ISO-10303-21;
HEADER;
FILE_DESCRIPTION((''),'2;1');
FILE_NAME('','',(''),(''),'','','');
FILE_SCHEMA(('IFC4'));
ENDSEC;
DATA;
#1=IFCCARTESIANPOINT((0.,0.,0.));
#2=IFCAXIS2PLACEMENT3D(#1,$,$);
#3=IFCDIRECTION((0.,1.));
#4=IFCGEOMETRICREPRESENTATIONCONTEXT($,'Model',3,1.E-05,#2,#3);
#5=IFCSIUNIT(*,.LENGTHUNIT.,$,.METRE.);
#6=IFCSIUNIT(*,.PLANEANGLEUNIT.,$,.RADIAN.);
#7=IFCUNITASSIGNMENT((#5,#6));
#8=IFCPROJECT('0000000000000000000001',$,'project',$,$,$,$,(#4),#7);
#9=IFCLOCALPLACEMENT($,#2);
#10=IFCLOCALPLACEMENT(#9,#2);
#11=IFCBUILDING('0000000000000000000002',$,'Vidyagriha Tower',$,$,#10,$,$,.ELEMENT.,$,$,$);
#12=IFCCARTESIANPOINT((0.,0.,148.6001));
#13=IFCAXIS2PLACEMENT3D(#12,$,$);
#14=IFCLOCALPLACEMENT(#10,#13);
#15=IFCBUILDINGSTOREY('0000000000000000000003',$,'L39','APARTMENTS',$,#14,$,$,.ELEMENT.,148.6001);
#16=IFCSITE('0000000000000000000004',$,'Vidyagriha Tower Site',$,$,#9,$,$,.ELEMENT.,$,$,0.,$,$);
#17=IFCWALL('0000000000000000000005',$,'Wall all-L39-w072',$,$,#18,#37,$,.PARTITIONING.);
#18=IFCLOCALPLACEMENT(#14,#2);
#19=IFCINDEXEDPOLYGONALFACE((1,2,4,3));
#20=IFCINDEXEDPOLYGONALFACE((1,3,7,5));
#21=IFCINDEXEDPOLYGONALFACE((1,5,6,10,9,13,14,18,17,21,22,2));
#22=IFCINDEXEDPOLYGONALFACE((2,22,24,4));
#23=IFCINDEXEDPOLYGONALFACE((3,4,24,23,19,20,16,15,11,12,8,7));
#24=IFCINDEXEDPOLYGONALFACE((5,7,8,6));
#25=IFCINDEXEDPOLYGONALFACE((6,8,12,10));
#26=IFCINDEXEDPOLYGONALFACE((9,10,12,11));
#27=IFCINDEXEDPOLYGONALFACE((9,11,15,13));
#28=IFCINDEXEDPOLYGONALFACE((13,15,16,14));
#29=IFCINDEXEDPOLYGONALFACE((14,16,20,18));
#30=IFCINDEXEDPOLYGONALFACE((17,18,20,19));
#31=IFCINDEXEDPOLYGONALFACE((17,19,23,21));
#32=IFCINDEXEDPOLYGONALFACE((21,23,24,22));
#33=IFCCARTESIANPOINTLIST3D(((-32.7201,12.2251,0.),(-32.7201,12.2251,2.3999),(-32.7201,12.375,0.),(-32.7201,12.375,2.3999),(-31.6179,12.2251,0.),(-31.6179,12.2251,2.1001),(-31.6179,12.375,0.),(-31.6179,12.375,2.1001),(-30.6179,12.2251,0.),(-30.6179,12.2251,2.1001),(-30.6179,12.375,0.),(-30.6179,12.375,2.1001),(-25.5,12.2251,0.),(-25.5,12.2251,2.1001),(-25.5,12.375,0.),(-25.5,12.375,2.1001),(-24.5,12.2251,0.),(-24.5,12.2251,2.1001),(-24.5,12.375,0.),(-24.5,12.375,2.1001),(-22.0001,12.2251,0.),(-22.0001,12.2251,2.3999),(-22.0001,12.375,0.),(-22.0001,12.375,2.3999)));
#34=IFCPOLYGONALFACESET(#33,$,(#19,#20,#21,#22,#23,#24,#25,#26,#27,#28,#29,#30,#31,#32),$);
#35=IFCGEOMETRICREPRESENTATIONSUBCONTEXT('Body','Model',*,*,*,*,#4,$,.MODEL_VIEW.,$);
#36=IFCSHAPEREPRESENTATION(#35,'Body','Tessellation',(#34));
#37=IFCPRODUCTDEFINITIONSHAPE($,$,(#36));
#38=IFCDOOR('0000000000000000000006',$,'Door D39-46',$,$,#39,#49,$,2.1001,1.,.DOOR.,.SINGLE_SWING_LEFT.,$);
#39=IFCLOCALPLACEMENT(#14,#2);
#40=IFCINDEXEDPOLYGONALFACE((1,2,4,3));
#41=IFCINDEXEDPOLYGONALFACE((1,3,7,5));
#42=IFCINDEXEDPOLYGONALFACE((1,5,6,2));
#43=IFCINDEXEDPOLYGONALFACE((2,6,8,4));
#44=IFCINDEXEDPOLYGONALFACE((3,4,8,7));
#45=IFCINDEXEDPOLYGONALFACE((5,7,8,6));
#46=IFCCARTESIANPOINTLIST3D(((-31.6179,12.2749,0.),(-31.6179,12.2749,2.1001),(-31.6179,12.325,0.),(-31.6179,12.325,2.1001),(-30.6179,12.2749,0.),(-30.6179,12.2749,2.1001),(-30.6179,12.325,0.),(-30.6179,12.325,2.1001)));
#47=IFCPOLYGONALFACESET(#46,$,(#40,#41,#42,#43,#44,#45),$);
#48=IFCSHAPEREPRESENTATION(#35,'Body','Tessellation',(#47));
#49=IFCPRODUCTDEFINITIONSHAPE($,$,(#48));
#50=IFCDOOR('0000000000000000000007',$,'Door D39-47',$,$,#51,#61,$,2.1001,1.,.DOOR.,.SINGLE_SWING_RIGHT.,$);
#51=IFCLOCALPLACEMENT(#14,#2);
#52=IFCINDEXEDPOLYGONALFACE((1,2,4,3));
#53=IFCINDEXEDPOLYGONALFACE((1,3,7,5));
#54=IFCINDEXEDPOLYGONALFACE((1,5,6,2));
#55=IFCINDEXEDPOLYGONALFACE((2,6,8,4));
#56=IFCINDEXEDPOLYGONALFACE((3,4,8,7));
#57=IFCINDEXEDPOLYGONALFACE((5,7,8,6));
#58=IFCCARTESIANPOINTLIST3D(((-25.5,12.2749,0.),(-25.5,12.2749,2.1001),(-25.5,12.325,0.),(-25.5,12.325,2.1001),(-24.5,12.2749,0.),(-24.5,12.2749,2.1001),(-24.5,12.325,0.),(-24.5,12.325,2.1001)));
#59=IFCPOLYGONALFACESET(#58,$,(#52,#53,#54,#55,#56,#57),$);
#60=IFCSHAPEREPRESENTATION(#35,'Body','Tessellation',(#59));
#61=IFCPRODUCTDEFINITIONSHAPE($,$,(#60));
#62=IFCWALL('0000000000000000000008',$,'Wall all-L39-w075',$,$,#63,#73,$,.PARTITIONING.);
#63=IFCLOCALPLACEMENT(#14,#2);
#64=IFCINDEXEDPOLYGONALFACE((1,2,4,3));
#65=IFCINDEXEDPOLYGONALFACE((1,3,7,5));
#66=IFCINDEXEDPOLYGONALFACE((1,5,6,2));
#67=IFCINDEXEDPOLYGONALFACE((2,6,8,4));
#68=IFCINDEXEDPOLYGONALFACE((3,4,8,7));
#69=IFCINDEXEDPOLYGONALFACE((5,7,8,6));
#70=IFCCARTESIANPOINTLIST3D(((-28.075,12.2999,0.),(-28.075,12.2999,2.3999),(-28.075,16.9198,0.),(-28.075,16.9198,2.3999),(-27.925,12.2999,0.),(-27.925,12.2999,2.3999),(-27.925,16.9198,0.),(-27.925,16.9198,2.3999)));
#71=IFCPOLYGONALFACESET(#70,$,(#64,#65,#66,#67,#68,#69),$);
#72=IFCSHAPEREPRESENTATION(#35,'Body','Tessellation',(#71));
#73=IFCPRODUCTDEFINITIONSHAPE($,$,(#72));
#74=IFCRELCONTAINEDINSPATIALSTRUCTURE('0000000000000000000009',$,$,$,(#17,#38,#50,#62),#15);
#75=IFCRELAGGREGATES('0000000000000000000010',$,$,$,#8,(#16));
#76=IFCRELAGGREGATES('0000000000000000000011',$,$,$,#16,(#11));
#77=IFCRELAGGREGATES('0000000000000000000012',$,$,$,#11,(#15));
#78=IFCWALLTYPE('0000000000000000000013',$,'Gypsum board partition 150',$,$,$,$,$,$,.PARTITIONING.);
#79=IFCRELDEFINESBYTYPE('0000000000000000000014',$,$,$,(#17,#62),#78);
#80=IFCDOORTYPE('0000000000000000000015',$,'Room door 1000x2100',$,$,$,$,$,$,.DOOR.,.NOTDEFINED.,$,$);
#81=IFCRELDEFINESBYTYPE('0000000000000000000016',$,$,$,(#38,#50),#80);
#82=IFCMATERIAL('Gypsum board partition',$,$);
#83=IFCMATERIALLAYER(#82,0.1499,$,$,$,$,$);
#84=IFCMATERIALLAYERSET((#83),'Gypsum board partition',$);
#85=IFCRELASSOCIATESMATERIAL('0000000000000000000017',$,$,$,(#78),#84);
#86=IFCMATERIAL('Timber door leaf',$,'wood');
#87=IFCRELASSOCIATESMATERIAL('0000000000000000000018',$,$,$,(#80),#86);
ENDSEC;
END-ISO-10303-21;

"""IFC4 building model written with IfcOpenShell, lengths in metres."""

from ifc_helpers import new_model, si_unit, direction, frame, frame_2d, origin, place, context, subcontext, project, spatial, rectangle, extrude, material, layer, layer_set, type_object, element, fill, save


model = new_model("IFC4")

# Units and contexts
model_context = context("Model", 3, precision=1e-05, world=origin(), true_north=direction((0.0, 1.0)))
body_context = subcontext(model_context, "Body", "Model", "MODEL_VIEW")
ifc_project = project(units=[si_unit("LENGTHUNIT", "METRE"), si_unit("PLANEANGLEUNIT", "RADIAN")], contexts=[model_context])

# Site, building, storey
site_placement = place(None, origin())
site = spatial("IfcSite", under=ifc_project, at=site_placement, Name="Vidyagriha Tower Site", CompositionType="ELEMENT", RefElevation=0.0)
building_placement = place(site_placement, origin())
building = spatial("IfcBuilding", under=site, at=building_placement, Name="Vidyagriha Tower", CompositionType="ELEMENT")
storey_placement = place(building_placement, frame((0.0, 0.0, 148.6001)))
storey = spatial("IfcBuildingStorey", under=building, at=storey_placement, Name="L39", Description="APARTMENTS", CompositionType="ELEMENT", Elevation=148.6001)

# Wall, openings, doors
ifc_material_1 = material(Name="Gypsum board partition")
ifc_layer_1 = layer(ifc_material_1, 0.1499)
ifc_layer_set_1 = layer_set([ifc_layer_1], Name="Gypsum board partition")
wall_type_1 = type_object("IfcWallType", Name="Gypsum board partition 150", PredefinedType="PARTITIONING", material=ifc_layer_set_1)
wall_1_placement = place(storey_placement, frame((-32.72, 12.3, 0.0)))
wall_1 = element("IfcWall", 1, at=wall_1_placement, inside=storey, type_object=wall_type_1, Name="Wall all-L39-w072", PredefinedType="PARTITIONING", context=body_context, shape_type="SweptSolid", body=[
    extrude(rectangle(XDim=10.72, YDim=0.1499, at=frame_2d((5.3599, 0.0))), origin(), (0.0, 0.0, 1.0), 2.3999),
])
opening_1_placement = place(wall_1_placement, frame((1.1021, 0.0, 0.0)))
opening_1 = element("IfcOpeningElement", 2, at=opening_1_placement, cuts=wall_1, PredefinedType="OPENING", context=body_context, shape_type="SweptSolid", body=[
    extrude(rectangle(XDim=1.0, YDim=2.1001, at=frame_2d((0.5, 1.05))), frame((0.0, 0.085, 0.0), z_axis=(0.0, -1.0, 0.0), x_axis=(1.0, 0.0, 0.0)), (0.0, 0.0, 1.0), 0.1699),
])
opening_2_placement = place(wall_1_placement, frame((7.22, 0.0, 0.0)))
opening_2 = element("IfcOpeningElement", 3, at=opening_2_placement, cuts=wall_1, PredefinedType="OPENING", context=body_context, shape_type="SweptSolid", body=[
    extrude(rectangle(XDim=1.0, YDim=2.1001, at=frame_2d((0.5, 1.05))), frame((0.0, 0.085, 0.0), z_axis=(0.0, -1.0, 0.0), x_axis=(1.0, 0.0, 0.0)), (0.0, 0.0, 1.0), 0.1699),
])
ifc_material_2 = material(Name="Timber door leaf", Category="wood")
door_type = type_object("IfcDoorType", Name="Room door 1000x2100", OperationType="NOTDEFINED", PredefinedType="DOOR", material=ifc_material_2)
door_1_placement = place(opening_1_placement, origin())
door_1 = element("IfcDoor", 4, at=door_1_placement, inside=storey, type_object=door_type, Name="Door D39-46", OperationType="SINGLE_SWING_LEFT", OverallHeight=2.1001, OverallWidth=1.0, PredefinedType="DOOR", context=body_context, shape_type="SweptSolid", body=[
    extrude(rectangle(XDim=1.0, YDim=2.1001, at=frame_2d((0.5, 1.05))), frame((0.0, 0.0249, 0.0), z_axis=(0.0, -1.0, 0.0), x_axis=(1.0, 0.0, 0.0)), (0.0, 0.0, 1.0), 0.05),
])
fill(opening_1, door_1)
door_2_placement = place(opening_2_placement, origin())
door_2 = element("IfcDoor", 5, at=door_2_placement, inside=storey, type_object=door_type, Name="Door D39-47", OperationType="SINGLE_SWING_RIGHT", OverallHeight=2.1001, OverallWidth=1.0, PredefinedType="DOOR", context=body_context, shape_type="SweptSolid", body=[
    extrude(rectangle(XDim=1.0, YDim=2.1001, at=frame_2d((0.5, 1.05))), frame((0.0, 0.0249, 0.0), z_axis=(0.0, -1.0, 0.0), x_axis=(1.0, 0.0, 0.0)), (0.0, 0.0, 1.0), 0.05),
])
fill(opening_2, door_2)

# Wall
wall_2_placement = place(storey_placement, frame((-28.0, 16.9199, 0.0), z_axis=(0.0, 0.0, 1.0), x_axis=(0.0, -1.0, 0.0)))
element("IfcWall", 6, at=wall_2_placement, inside=storey, type_object=wall_type_1, Name="Wall all-L39-w075", PredefinedType="PARTITIONING", context=body_context, shape_type="SweptSolid", body=[
    extrude(rectangle(XDim=4.6199, YDim=0.1499, at=frame_2d((2.3101, 0.0))), origin(), (0.0, 0.0, 1.0), 2.3999),
])

save(model, "model.ifc")
